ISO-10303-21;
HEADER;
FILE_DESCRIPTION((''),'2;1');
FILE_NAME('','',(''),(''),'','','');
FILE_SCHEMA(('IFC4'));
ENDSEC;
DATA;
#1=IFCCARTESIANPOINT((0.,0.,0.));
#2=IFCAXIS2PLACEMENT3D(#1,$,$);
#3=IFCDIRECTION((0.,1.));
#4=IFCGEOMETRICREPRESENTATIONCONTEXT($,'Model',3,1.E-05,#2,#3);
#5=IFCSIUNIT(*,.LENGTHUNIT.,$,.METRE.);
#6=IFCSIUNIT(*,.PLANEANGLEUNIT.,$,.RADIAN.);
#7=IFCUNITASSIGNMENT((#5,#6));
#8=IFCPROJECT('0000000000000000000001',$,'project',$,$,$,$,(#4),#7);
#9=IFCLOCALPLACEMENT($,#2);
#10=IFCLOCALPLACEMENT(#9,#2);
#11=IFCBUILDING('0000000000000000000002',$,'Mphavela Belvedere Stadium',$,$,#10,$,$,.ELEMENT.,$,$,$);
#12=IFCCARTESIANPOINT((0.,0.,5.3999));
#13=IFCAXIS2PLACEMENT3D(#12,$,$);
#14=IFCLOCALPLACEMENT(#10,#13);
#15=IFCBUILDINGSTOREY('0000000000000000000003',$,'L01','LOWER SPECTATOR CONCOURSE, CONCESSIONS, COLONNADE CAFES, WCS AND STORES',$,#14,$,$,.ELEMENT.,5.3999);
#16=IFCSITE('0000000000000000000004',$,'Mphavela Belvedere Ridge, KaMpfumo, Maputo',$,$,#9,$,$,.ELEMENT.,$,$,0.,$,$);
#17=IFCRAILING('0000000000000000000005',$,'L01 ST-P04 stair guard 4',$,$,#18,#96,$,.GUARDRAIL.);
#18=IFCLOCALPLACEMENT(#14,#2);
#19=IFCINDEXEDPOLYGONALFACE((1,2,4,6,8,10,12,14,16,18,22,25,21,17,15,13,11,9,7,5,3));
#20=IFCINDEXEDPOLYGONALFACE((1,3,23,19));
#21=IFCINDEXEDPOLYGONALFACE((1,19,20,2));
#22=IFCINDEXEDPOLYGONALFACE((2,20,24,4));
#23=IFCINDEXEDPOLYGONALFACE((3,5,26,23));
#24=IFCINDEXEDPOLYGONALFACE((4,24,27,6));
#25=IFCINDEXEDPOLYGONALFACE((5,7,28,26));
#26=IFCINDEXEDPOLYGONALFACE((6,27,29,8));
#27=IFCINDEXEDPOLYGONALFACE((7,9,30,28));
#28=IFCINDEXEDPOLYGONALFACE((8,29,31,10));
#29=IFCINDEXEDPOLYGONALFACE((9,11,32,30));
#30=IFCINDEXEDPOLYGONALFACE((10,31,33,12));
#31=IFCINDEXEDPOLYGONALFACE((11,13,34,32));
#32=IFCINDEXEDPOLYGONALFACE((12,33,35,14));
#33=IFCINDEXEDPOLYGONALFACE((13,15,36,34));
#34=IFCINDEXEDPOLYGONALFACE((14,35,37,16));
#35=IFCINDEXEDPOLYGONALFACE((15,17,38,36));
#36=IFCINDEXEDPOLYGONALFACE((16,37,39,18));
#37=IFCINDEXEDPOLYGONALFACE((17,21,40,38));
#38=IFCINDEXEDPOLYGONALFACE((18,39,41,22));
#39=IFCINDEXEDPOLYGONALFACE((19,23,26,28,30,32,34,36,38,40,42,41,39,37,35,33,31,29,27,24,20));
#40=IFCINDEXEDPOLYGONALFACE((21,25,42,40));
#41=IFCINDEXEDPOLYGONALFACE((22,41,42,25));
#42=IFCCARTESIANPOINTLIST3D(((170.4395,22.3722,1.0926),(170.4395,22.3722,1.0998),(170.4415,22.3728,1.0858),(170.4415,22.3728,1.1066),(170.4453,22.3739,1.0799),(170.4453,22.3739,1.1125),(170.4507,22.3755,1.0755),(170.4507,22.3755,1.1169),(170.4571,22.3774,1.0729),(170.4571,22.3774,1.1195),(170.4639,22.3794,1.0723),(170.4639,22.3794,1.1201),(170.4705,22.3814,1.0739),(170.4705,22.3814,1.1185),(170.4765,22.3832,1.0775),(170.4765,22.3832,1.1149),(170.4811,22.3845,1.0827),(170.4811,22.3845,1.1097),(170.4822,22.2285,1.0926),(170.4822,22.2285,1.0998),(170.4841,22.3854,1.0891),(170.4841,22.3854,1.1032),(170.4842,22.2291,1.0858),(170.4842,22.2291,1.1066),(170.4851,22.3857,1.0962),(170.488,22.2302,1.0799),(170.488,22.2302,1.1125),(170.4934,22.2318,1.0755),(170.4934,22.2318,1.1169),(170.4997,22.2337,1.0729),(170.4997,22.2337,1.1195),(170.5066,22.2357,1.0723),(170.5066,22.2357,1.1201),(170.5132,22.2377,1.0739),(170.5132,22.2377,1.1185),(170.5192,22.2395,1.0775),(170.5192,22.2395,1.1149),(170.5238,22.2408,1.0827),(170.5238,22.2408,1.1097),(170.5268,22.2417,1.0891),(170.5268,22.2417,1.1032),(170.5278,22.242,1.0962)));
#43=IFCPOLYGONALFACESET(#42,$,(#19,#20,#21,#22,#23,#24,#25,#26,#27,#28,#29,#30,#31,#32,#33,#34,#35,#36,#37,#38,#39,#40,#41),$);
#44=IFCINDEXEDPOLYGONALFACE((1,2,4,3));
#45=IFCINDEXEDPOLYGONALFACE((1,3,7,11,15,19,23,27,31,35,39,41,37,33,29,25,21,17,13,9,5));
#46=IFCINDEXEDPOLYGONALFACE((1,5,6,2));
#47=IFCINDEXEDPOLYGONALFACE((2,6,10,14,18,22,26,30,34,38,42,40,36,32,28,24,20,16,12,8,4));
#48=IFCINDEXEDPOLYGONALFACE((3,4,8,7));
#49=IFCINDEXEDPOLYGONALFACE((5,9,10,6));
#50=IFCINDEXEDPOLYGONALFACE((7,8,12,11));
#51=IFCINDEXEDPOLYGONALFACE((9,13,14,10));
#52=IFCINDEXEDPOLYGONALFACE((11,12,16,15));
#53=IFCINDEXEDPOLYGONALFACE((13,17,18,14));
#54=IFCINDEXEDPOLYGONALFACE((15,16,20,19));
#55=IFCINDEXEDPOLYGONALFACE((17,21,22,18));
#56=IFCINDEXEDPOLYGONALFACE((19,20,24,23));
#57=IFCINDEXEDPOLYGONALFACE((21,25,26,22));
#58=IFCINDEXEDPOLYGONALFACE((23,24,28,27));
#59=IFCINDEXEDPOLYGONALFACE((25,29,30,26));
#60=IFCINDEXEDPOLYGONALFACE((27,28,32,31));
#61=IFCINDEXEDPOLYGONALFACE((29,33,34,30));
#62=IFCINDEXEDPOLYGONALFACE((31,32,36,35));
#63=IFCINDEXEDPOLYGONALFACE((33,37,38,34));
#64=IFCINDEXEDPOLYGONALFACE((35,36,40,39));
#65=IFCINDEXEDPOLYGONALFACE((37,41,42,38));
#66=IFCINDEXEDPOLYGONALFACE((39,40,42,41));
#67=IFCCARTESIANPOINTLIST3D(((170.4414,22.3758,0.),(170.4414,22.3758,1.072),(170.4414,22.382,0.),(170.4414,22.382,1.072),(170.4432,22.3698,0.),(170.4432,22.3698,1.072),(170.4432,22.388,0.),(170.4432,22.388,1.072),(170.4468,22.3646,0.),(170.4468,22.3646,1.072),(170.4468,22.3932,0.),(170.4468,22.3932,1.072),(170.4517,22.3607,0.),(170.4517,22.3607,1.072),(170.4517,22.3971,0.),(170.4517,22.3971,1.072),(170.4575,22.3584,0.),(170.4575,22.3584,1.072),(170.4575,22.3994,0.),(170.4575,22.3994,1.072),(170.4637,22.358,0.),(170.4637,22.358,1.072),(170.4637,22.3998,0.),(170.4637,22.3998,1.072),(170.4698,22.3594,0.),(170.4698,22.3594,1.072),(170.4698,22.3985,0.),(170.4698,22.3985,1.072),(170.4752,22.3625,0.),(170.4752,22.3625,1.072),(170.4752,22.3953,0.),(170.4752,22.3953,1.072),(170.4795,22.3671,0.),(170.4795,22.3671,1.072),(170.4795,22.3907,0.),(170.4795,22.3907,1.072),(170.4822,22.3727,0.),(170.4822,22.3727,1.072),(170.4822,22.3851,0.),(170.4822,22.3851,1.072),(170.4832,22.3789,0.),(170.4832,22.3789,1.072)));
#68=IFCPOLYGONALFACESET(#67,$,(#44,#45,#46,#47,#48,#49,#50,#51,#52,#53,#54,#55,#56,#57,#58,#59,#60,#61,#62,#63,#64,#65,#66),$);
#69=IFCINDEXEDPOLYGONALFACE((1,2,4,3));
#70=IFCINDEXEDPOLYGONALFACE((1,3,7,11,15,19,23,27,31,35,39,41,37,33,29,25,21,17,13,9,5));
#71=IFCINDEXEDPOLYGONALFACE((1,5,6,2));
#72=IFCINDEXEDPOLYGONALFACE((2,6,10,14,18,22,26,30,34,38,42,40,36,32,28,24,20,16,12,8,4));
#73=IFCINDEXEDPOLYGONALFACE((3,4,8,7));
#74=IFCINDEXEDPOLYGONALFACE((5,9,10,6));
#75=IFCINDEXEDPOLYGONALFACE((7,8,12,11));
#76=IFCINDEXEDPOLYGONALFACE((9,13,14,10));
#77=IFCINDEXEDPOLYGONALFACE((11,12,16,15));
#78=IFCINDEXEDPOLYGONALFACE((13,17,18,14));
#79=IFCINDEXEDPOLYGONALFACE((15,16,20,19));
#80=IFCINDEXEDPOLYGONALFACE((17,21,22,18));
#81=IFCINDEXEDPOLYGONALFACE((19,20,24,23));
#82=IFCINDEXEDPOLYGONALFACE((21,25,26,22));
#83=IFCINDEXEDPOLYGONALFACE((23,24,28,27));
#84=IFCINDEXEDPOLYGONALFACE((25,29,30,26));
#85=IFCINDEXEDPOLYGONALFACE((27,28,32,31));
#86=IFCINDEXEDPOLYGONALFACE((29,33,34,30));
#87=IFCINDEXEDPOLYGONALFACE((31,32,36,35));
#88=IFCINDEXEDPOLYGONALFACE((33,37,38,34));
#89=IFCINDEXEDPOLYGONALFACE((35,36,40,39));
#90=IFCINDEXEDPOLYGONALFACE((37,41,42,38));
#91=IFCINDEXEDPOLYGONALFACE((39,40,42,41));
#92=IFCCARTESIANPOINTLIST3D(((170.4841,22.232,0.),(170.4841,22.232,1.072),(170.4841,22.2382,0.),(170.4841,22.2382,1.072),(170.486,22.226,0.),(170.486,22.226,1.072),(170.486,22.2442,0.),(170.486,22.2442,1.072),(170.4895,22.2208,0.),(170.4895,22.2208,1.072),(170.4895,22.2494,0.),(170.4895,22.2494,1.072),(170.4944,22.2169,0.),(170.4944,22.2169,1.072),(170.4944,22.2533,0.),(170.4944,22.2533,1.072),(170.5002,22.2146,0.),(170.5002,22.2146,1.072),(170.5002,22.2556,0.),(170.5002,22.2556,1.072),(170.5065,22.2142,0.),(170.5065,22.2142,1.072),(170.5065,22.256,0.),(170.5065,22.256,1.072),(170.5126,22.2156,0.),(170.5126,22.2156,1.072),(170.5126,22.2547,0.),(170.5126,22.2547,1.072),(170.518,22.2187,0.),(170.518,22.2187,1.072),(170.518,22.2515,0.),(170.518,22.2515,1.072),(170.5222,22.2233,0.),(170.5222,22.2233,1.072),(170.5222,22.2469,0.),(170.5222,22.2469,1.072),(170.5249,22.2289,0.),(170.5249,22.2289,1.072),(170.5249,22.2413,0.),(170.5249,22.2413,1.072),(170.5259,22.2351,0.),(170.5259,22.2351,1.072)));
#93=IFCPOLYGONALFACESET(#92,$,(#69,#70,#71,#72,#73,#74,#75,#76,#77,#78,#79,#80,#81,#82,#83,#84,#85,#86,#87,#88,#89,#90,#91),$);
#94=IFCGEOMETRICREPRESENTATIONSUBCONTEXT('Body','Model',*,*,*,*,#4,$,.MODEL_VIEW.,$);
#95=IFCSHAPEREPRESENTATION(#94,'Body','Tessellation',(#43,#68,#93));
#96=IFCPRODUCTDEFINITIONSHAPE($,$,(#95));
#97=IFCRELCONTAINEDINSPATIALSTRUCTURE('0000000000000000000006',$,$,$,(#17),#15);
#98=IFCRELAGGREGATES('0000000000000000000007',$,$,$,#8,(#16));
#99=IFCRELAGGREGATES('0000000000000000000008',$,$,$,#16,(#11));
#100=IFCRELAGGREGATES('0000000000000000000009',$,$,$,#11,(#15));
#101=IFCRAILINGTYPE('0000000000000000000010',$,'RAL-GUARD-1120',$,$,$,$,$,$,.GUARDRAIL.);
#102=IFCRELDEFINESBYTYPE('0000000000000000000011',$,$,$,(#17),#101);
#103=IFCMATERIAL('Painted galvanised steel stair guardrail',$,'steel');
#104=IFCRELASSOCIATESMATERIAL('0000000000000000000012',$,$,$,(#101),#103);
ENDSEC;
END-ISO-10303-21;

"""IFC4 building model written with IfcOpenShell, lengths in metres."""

from ifc_helpers import new_model, si_unit, direction, frame, origin, origin_2d, place, context, subcontext, project, spatial, circle, extrude, material, type_object, element, save


model = new_model("IFC4")

# Units and contexts
model_context = context("Model", 3, precision=1e-05, world=origin(), true_north=direction((0.0, 1.0)))
body_context = subcontext(model_context, "Body", "Model", "MODEL_VIEW")
ifc_project = project(units=[si_unit("LENGTHUNIT", "METRE"), si_unit("PLANEANGLEUNIT", "RADIAN")], contexts=[model_context])

# Site, building, storey
site_placement = place(None, origin())
site = spatial("IfcSite", under=ifc_project, at=site_placement, Name="Mphavela Belvedere Ridge, KaMpfumo, Maputo", CompositionType="ELEMENT", RefElevation=0.0)
building_placement = place(site_placement, origin())
building = spatial("IfcBuilding", under=site, at=building_placement, Name="Mphavela Belvedere Stadium", CompositionType="ELEMENT")
storey_placement = place(building_placement, frame((0.0, 0.0, 5.3999)))
storey = spatial("IfcBuildingStorey", under=building, at=storey_placement, Name="L01", Description="LOWER SPECTATOR CONCOURSE, CONCESSIONS, COLONNADE CAFES, WCS AND STORES", CompositionType="ELEMENT", Elevation=5.3999)

# Railing
ifc_material_1 = material(Name="Painted galvanised steel stair guardrail", Category="steel")
railing_type_1 = type_object("IfcRailingType", Name="RAL-GUARD-1120", PredefinedType="GUARDRAIL", material=ifc_material_1)
railing_1_placement = place(storey_placement, frame((170.4622, 22.3789, 0.0)))
element("IfcRailing", 1, at=railing_1_placement, inside=storey, type_object=railing_type_1, Name="L01 ST-P04 stair guard 4", PredefinedType="GUARDRAIL", context=body_context, shape_type="SweptSolid", body=[
    extrude(circle(Radius=0.0239, at=origin_2d()), frame((0.0, 0.0, 1.0962), z_axis=(0.284809, -0.958584, 0.0), x_axis=(0.958584, 0.284809, 0.0)), (0.0, 0.0, 1.0), 0.1499),
    extrude(circle(Radius=0.021, at=origin_2d()), origin(), (0.0, 0.0, 1.0), 1.072),
    extrude(circle(Radius=0.021, at=origin_2d()), frame((0.0427, -0.1438, 0.0)), (0.0, 0.0, 1.0), 1.072),
])

save(model, "model.ifc")
